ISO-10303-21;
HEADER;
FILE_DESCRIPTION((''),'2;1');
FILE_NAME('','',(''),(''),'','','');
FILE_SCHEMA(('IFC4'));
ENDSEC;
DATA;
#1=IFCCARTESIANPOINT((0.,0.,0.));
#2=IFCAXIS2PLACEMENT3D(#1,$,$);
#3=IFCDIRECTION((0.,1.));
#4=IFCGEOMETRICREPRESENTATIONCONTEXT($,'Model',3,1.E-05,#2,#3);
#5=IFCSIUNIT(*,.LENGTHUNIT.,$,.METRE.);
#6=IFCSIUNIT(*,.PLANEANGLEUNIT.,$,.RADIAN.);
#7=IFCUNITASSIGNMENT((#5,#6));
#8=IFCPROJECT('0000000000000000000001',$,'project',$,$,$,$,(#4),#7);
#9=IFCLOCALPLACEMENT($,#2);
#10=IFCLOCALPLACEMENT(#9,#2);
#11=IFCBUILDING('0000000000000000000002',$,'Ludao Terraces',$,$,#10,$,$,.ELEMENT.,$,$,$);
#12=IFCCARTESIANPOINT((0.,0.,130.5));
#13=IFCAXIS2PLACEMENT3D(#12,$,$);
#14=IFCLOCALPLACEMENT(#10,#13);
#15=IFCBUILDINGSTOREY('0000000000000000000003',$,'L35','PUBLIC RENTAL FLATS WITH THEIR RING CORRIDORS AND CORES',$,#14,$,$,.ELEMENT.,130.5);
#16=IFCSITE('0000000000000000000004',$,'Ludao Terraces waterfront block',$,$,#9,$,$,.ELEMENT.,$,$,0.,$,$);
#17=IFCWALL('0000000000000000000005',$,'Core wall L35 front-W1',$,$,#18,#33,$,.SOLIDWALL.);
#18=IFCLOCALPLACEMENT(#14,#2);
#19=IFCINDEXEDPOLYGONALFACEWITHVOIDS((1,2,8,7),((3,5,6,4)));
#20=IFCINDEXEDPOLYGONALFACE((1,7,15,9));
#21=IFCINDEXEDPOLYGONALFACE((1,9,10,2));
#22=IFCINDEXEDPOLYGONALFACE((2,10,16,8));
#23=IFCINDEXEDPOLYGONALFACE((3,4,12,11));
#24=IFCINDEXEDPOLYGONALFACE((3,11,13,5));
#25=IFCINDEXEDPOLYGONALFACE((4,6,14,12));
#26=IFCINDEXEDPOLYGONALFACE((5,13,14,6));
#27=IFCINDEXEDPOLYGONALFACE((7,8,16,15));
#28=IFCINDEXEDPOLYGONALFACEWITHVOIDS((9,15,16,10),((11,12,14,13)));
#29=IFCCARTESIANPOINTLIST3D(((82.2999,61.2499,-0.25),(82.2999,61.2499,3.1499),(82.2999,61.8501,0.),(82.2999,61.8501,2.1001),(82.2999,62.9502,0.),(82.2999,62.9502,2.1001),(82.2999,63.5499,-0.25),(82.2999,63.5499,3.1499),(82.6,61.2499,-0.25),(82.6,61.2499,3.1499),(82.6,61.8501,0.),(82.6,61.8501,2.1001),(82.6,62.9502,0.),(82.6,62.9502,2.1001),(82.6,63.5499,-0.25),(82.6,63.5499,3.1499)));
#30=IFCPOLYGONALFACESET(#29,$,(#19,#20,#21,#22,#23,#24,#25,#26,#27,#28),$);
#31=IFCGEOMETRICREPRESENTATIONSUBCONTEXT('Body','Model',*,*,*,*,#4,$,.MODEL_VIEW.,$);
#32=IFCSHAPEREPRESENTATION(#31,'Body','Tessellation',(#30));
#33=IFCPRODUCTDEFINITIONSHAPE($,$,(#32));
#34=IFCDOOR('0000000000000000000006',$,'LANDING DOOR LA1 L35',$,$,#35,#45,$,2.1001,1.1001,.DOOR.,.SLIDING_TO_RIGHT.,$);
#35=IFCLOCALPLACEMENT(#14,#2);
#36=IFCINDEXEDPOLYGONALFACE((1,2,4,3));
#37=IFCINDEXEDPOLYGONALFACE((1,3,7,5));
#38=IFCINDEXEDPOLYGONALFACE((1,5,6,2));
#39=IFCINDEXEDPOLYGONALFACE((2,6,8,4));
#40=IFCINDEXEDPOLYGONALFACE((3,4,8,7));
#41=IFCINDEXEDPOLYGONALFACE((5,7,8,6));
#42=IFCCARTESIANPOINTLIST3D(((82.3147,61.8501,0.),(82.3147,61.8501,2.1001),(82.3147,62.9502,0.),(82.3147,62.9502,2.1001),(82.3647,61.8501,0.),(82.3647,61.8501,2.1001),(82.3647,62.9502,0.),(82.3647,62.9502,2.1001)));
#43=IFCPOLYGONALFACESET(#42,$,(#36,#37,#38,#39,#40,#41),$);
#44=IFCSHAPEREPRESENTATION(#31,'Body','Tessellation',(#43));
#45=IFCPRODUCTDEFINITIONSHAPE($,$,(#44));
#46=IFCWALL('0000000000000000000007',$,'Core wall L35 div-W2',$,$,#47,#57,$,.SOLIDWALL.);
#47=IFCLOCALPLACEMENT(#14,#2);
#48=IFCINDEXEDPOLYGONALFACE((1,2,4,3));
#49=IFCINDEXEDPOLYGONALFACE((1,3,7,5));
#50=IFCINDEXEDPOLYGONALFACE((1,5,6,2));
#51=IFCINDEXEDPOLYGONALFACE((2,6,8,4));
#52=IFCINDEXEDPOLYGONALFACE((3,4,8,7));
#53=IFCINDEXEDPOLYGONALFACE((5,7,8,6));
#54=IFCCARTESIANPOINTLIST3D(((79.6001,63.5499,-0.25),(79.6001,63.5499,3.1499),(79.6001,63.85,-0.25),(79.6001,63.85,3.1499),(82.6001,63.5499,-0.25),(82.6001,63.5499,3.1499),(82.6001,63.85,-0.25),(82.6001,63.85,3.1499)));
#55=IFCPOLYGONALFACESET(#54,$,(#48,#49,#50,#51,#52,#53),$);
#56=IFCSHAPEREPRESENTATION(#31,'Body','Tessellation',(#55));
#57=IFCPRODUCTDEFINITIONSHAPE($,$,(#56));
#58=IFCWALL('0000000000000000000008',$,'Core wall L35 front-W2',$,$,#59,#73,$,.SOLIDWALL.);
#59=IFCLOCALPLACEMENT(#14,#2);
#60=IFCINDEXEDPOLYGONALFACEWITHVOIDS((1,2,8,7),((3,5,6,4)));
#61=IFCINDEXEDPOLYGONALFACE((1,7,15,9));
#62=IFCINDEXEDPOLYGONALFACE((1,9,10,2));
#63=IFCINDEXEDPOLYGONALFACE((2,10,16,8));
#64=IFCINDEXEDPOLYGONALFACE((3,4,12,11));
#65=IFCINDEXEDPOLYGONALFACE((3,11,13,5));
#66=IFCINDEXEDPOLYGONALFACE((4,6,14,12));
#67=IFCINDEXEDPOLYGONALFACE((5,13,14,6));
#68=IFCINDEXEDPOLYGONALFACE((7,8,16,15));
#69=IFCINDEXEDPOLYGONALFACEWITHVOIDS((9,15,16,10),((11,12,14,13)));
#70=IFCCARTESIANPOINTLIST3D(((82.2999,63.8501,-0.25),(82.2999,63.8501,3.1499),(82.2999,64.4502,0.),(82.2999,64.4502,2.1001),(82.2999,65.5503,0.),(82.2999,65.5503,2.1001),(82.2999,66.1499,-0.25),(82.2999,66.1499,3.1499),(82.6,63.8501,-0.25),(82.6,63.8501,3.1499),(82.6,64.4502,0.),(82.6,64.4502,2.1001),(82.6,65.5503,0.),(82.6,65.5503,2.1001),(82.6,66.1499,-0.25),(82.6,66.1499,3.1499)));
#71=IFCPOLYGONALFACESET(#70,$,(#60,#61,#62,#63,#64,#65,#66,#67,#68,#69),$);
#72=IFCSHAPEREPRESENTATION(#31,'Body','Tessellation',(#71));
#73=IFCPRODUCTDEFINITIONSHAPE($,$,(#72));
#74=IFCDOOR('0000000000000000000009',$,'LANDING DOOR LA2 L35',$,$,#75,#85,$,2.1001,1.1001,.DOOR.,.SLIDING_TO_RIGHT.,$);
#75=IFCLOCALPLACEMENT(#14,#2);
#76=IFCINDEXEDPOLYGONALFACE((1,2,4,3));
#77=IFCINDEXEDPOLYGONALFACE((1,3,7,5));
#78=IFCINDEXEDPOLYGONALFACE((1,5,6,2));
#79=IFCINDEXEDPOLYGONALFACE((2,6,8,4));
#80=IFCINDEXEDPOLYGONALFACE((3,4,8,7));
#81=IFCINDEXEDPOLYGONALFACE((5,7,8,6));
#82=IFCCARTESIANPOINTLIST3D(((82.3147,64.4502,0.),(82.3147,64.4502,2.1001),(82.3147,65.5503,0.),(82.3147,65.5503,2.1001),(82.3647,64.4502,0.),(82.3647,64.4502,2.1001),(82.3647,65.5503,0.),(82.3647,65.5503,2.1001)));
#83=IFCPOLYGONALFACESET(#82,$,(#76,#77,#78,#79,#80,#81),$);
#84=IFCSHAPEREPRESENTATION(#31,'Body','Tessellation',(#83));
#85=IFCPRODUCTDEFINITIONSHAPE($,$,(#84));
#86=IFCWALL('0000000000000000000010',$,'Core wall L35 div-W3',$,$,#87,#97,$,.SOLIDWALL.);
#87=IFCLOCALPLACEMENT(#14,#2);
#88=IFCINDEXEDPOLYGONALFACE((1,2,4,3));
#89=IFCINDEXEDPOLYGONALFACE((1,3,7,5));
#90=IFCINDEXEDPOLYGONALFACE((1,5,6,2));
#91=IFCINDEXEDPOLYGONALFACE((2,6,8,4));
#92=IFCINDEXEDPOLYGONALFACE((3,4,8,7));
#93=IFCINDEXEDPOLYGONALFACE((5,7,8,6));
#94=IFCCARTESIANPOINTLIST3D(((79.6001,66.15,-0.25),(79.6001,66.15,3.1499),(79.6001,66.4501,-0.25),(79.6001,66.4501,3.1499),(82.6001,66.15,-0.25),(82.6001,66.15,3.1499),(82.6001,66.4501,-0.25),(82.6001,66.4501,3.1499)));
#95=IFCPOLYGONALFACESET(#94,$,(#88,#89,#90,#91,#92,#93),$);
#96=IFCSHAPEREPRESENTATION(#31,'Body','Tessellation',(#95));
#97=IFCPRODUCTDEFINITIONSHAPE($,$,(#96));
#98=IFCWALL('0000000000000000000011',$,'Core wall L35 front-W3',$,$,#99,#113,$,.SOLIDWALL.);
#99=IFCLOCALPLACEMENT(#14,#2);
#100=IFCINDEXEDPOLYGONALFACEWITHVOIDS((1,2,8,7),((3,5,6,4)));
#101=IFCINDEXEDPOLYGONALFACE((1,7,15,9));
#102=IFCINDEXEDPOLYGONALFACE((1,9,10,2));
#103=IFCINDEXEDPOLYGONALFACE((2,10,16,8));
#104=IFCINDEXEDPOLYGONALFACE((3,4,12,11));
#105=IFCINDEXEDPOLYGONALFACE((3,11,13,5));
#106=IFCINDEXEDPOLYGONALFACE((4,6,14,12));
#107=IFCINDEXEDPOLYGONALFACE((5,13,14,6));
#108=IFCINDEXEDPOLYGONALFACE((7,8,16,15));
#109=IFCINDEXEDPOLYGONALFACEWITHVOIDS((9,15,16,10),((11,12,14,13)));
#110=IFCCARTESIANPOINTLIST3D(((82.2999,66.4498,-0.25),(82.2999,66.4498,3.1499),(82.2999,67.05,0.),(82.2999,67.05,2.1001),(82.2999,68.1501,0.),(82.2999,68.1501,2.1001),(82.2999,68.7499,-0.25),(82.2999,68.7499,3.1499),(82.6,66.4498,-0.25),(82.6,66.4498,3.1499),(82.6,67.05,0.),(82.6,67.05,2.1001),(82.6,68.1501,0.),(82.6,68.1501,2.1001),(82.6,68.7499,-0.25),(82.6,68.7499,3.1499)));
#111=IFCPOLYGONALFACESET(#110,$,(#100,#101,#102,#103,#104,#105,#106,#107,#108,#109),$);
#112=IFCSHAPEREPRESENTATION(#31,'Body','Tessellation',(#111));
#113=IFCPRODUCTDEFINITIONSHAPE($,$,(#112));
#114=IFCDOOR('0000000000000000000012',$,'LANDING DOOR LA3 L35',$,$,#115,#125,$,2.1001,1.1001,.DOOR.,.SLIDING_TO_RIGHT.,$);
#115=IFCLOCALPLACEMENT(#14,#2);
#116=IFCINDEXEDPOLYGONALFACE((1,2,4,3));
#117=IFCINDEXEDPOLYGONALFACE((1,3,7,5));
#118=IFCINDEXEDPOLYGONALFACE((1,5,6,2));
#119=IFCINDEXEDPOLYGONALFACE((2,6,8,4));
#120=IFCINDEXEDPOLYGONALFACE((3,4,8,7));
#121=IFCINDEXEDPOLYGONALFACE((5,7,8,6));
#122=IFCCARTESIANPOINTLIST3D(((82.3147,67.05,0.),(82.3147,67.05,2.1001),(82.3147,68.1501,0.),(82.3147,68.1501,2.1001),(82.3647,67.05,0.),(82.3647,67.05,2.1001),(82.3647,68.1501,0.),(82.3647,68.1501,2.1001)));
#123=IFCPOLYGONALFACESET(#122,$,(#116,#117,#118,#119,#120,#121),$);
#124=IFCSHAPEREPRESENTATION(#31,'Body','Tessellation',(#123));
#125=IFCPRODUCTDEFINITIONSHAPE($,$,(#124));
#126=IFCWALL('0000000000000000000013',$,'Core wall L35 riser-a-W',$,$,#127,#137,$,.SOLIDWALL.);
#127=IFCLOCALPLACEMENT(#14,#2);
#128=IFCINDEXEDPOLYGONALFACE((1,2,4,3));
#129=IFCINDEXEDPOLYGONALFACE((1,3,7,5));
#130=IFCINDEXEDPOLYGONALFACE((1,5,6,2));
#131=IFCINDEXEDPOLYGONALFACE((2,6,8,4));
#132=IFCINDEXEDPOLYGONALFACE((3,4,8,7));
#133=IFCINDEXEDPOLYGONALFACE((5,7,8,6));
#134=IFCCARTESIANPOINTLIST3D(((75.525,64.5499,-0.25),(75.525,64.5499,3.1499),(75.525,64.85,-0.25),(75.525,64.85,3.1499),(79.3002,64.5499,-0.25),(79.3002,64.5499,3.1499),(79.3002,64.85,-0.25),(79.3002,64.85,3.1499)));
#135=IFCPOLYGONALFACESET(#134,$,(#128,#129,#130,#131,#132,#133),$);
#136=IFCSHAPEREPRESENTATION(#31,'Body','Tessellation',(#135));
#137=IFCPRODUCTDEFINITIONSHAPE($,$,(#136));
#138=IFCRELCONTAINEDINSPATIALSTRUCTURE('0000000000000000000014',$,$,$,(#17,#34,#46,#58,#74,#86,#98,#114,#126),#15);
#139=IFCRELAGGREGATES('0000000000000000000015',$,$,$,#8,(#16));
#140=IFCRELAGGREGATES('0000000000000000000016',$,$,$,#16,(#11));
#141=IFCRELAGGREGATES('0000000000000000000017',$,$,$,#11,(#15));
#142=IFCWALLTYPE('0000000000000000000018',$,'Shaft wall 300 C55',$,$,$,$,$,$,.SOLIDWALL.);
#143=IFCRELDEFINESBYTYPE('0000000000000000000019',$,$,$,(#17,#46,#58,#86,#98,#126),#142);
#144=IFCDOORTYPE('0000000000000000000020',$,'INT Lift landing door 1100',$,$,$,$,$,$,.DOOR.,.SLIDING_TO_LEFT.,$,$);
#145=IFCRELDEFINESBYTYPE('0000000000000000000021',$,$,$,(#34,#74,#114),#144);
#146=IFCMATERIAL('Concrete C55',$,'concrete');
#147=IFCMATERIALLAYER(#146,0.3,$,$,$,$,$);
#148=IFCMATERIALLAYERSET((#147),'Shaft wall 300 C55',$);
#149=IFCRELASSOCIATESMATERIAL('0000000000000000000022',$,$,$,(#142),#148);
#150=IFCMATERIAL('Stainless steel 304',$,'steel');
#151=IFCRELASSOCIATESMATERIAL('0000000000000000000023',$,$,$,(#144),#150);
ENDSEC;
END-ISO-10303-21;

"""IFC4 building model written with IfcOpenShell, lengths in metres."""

from ifc_helpers import new_model, si_unit, direction, frame, frame_2d, origin, place, context, subcontext, project, spatial, rectangle, extrude, material, layer, layer_set, type_object, element, fill, save


model = new_model("IFC4")

# Units and contexts
model_context = context("Model", 3, precision=1e-05, world=origin(), true_north=direction((0.0, 1.0)))
body_context = subcontext(model_context, "Body", "Model", "MODEL_VIEW")
ifc_project = project(units=[si_unit("LENGTHUNIT", "METRE"), si_unit("PLANEANGLEUNIT", "RADIAN")], contexts=[model_context])

# Site, building, storey
site_placement = place(None, origin())
site = spatial("IfcSite", under=ifc_project, at=site_placement, Name="Ludao Terraces waterfront block", CompositionType="ELEMENT", RefElevation=0.0)
building_placement = place(site_placement, origin())
building = spatial("IfcBuilding", under=site, at=building_placement, Name="Ludao Terraces", CompositionType="ELEMENT")
storey_placement = place(building_placement, frame((0.0, 0.0, 130.5)))
storey = spatial("IfcBuildingStorey", under=building, at=storey_placement, Name="L35", Description="PUBLIC RENTAL FLATS WITH THEIR RING CORRIDORS AND CORES", CompositionType="ELEMENT", Elevation=130.5)

# Wall, opening, door
ifc_material_1 = material(Name="Concrete C55", Category="concrete")
ifc_layer_1 = layer(ifc_material_1, 0.3)
ifc_layer_set_1 = layer_set([ifc_layer_1], Name="Shaft wall 300 C55")
wall_type_1 = type_object("IfcWallType", Name="Shaft wall 300 C55", PredefinedType="SOLIDWALL", material=ifc_layer_set_1)
wall_1_placement = place(storey_placement, frame((82.45, 61.25, -0.25), z_axis=(0.0, 0.0, 1.0), x_axis=(0.0, 1.0, 0.0)))
wall_1 = element("IfcWall", 1, at=wall_1_placement, inside=storey, type_object=wall_type_1, Name="Core wall L35 front-W1", PredefinedType="SOLIDWALL", context=body_context, shape_type="SweptSolid", body=[
    extrude(rectangle(XDim=2.3, YDim=0.3, at=frame_2d((1.1499, 0.0))), origin(), (0.0, 0.0, 1.0), 3.3999),
])
opening_1_placement = place(wall_1_placement, frame((0.6001, 0.0, 0.25)))
opening_1 = element("IfcOpeningElement", 2, at=opening_1_placement, cuts=wall_1, PredefinedType="OPENING", context=body_context, shape_type="SweptSolid", body=[
    extrude(rectangle(XDim=1.1001, YDim=2.1001, at=frame_2d((0.55, 1.05))), frame((0.0, 0.1602, 0.0), z_axis=(0.0, -1.0, 0.0), x_axis=(1.0, 0.0, 0.0)), (0.0, 0.0, 1.0), 0.3201),
])
ifc_material_2 = material(Name="Stainless steel 304", Category="steel")
door_type_1 = type_object("IfcDoorType", Name="INT Lift landing door 1100", OperationType="SLIDING_TO_LEFT", PredefinedType="DOOR", material=ifc_material_2)
door_1_placement = place(opening_1_placement, origin())
door_1 = element("IfcDoor", 3, at=door_1_placement, inside=storey, type_object=door_type_1, Name="LANDING DOOR LA1 L35", OperationType="SLIDING_TO_RIGHT", OverallHeight=2.1001, OverallWidth=1.1001, PredefinedType="DOOR", context=body_context, shape_type="SweptSolid", body=[
    extrude(rectangle(XDim=1.1001, YDim=2.1001, at=frame_2d((0.55, 1.05))), frame((0.0, 0.1353, 0.0), z_axis=(0.0, -1.0, 0.0), x_axis=(1.0, 0.0, 0.0)), (0.0, 0.0, 1.0), 0.05),
])
fill(opening_1, door_1)

# Wall
wall_2_placement = place(storey_placement, frame((79.6001, 63.7, -0.25), z_axis=(0.0, 0.0, 1.0), x_axis=(1.0, 0.0, 0.0)))
element("IfcWall", 4, at=wall_2_placement, inside=storey, type_object=wall_type_1, Name="Core wall L35 div-W2", PredefinedType="SOLIDWALL", context=body_context, shape_type="SweptSolid", body=[
    extrude(rectangle(XDim=3.0, YDim=0.3, at=frame_2d((1.5, 0.0))), origin(), (0.0, 0.0, 1.0), 3.3999),
])

# Wall, opening, door
wall_3_placement = place(storey_placement, frame((82.45, 63.8501, -0.25), z_axis=(0.0, 0.0, 1.0), x_axis=(0.0, 1.0, 0.0)))
wall_3 = element("IfcWall", 5, at=wall_3_placement, inside=storey, type_object=wall_type_1, Name="Core wall L35 front-W2", PredefinedType="SOLIDWALL", context=body_context, shape_type="SweptSolid", body=[
    extrude(rectangle(XDim=2.2998, YDim=0.3, at=frame_2d((1.1499, 0.0))), origin(), (0.0, 0.0, 1.0), 3.3999),
])
opening_2_placement = place(wall_3_placement, frame((0.6001, 0.0, 0.25)))
opening_2 = element("IfcOpeningElement", 6, at=opening_2_placement, cuts=wall_3, PredefinedType="OPENING", context=body_context, shape_type="SweptSolid", body=[
    extrude(rectangle(XDim=1.1001, YDim=2.1001, at=frame_2d((0.55, 1.05))), frame((0.0, 0.1602, 0.0), z_axis=(0.0, -1.0, 0.0), x_axis=(1.0, 0.0, 0.0)), (0.0, 0.0, 1.0), 0.3201),
])
door_2_placement = place(opening_2_placement, origin())
door_2 = element("IfcDoor", 7, at=door_2_placement, inside=storey, type_object=door_type_1, Name="LANDING DOOR LA2 L35", OperationType="SLIDING_TO_RIGHT", OverallHeight=2.1001, OverallWidth=1.1001, PredefinedType="DOOR", context=body_context, shape_type="SweptSolid", body=[
    extrude(rectangle(XDim=1.1001, YDim=2.1001, at=frame_2d((0.55, 1.05))), frame((0.0, 0.1353, 0.0), z_axis=(0.0, -1.0, 0.0), x_axis=(1.0, 0.0, 0.0)), (0.0, 0.0, 1.0), 0.05),
])
fill(opening_2, door_2)

# Wall
wall_4_placement = place(storey_placement, frame((79.6001, 66.3, -0.25), z_axis=(0.0, 0.0, 1.0), x_axis=(1.0, 0.0, 0.0)))
element("IfcWall", 8, at=wall_4_placement, inside=storey, type_object=wall_type_1, Name="Core wall L35 div-W3", PredefinedType="SOLIDWALL", context=body_context, shape_type="SweptSolid", body=[
    extrude(rectangle(XDim=3.0, YDim=0.3, at=frame_2d((1.5, 0.0))), origin(), (0.0, 0.0, 1.0), 3.3999),
])

# Wall, opening, door
wall_5_placement = place(storey_placement, frame((82.45, 66.45, -0.25), z_axis=(0.0, 0.0, 1.0), x_axis=(0.0, 1.0, 0.0)))
wall_5 = element("IfcWall", 9, at=wall_5_placement, inside=storey, type_object=wall_type_1, Name="Core wall L35 front-W3", PredefinedType="SOLIDWALL", context=body_context, shape_type="SweptSolid", body=[
    extrude(rectangle(XDim=2.3, YDim=0.3, at=frame_2d((1.1499, 0.0))), origin(), (0.0, 0.0, 1.0), 3.3999),
])
opening_3_placement = place(wall_5_placement, frame((0.6001, 0.0, 0.25)))
opening_3 = element("IfcOpeningElement", 10, at=opening_3_placement, cuts=wall_5, PredefinedType="OPENING", context=body_context, shape_type="SweptSolid", body=[
    extrude(rectangle(XDim=1.1001, YDim=2.1001, at=frame_2d((0.55, 1.05))), frame((0.0, 0.1602, 0.0), z_axis=(0.0, -1.0, 0.0), x_axis=(1.0, 0.0, 0.0)), (0.0, 0.0, 1.0), 0.3201),
])
door_3_placement = place(opening_3_placement, origin())
door_3 = element("IfcDoor", 11, at=door_3_placement, inside=storey, type_object=door_type_1, Name="LANDING DOOR LA3 L35", OperationType="SLIDING_TO_RIGHT", OverallHeight=2.1001, OverallWidth=1.1001, PredefinedType="DOOR", context=body_context, shape_type="SweptSolid", body=[
    extrude(rectangle(XDim=1.1001, YDim=2.1001, at=frame_2d((0.55, 1.05))), frame((0.0, 0.1353, 0.0), z_axis=(0.0, -1.0, 0.0), x_axis=(1.0, 0.0, 0.0)), (0.0, 0.0, 1.0), 0.05),
])
fill(opening_3, door_3)

# Wall
wall_6_placement = place(storey_placement, frame((75.5249, 64.7, -0.25), z_axis=(0.0, 0.0, 1.0), x_axis=(1.0, 0.0, 0.0)))
element("IfcWall", 12, at=wall_6_placement, inside=storey, type_object=wall_type_1, Name="Core wall L35 riser-a-W", PredefinedType="SOLIDWALL", context=body_context, shape_type="SweptSolid", body=[
    extrude(rectangle(XDim=3.7751, YDim=0.3, at=frame_2d((1.8877, 0.0))), origin(), (0.0, 0.0, 1.0), 3.3999),
])

save(model, "model.ifc")
